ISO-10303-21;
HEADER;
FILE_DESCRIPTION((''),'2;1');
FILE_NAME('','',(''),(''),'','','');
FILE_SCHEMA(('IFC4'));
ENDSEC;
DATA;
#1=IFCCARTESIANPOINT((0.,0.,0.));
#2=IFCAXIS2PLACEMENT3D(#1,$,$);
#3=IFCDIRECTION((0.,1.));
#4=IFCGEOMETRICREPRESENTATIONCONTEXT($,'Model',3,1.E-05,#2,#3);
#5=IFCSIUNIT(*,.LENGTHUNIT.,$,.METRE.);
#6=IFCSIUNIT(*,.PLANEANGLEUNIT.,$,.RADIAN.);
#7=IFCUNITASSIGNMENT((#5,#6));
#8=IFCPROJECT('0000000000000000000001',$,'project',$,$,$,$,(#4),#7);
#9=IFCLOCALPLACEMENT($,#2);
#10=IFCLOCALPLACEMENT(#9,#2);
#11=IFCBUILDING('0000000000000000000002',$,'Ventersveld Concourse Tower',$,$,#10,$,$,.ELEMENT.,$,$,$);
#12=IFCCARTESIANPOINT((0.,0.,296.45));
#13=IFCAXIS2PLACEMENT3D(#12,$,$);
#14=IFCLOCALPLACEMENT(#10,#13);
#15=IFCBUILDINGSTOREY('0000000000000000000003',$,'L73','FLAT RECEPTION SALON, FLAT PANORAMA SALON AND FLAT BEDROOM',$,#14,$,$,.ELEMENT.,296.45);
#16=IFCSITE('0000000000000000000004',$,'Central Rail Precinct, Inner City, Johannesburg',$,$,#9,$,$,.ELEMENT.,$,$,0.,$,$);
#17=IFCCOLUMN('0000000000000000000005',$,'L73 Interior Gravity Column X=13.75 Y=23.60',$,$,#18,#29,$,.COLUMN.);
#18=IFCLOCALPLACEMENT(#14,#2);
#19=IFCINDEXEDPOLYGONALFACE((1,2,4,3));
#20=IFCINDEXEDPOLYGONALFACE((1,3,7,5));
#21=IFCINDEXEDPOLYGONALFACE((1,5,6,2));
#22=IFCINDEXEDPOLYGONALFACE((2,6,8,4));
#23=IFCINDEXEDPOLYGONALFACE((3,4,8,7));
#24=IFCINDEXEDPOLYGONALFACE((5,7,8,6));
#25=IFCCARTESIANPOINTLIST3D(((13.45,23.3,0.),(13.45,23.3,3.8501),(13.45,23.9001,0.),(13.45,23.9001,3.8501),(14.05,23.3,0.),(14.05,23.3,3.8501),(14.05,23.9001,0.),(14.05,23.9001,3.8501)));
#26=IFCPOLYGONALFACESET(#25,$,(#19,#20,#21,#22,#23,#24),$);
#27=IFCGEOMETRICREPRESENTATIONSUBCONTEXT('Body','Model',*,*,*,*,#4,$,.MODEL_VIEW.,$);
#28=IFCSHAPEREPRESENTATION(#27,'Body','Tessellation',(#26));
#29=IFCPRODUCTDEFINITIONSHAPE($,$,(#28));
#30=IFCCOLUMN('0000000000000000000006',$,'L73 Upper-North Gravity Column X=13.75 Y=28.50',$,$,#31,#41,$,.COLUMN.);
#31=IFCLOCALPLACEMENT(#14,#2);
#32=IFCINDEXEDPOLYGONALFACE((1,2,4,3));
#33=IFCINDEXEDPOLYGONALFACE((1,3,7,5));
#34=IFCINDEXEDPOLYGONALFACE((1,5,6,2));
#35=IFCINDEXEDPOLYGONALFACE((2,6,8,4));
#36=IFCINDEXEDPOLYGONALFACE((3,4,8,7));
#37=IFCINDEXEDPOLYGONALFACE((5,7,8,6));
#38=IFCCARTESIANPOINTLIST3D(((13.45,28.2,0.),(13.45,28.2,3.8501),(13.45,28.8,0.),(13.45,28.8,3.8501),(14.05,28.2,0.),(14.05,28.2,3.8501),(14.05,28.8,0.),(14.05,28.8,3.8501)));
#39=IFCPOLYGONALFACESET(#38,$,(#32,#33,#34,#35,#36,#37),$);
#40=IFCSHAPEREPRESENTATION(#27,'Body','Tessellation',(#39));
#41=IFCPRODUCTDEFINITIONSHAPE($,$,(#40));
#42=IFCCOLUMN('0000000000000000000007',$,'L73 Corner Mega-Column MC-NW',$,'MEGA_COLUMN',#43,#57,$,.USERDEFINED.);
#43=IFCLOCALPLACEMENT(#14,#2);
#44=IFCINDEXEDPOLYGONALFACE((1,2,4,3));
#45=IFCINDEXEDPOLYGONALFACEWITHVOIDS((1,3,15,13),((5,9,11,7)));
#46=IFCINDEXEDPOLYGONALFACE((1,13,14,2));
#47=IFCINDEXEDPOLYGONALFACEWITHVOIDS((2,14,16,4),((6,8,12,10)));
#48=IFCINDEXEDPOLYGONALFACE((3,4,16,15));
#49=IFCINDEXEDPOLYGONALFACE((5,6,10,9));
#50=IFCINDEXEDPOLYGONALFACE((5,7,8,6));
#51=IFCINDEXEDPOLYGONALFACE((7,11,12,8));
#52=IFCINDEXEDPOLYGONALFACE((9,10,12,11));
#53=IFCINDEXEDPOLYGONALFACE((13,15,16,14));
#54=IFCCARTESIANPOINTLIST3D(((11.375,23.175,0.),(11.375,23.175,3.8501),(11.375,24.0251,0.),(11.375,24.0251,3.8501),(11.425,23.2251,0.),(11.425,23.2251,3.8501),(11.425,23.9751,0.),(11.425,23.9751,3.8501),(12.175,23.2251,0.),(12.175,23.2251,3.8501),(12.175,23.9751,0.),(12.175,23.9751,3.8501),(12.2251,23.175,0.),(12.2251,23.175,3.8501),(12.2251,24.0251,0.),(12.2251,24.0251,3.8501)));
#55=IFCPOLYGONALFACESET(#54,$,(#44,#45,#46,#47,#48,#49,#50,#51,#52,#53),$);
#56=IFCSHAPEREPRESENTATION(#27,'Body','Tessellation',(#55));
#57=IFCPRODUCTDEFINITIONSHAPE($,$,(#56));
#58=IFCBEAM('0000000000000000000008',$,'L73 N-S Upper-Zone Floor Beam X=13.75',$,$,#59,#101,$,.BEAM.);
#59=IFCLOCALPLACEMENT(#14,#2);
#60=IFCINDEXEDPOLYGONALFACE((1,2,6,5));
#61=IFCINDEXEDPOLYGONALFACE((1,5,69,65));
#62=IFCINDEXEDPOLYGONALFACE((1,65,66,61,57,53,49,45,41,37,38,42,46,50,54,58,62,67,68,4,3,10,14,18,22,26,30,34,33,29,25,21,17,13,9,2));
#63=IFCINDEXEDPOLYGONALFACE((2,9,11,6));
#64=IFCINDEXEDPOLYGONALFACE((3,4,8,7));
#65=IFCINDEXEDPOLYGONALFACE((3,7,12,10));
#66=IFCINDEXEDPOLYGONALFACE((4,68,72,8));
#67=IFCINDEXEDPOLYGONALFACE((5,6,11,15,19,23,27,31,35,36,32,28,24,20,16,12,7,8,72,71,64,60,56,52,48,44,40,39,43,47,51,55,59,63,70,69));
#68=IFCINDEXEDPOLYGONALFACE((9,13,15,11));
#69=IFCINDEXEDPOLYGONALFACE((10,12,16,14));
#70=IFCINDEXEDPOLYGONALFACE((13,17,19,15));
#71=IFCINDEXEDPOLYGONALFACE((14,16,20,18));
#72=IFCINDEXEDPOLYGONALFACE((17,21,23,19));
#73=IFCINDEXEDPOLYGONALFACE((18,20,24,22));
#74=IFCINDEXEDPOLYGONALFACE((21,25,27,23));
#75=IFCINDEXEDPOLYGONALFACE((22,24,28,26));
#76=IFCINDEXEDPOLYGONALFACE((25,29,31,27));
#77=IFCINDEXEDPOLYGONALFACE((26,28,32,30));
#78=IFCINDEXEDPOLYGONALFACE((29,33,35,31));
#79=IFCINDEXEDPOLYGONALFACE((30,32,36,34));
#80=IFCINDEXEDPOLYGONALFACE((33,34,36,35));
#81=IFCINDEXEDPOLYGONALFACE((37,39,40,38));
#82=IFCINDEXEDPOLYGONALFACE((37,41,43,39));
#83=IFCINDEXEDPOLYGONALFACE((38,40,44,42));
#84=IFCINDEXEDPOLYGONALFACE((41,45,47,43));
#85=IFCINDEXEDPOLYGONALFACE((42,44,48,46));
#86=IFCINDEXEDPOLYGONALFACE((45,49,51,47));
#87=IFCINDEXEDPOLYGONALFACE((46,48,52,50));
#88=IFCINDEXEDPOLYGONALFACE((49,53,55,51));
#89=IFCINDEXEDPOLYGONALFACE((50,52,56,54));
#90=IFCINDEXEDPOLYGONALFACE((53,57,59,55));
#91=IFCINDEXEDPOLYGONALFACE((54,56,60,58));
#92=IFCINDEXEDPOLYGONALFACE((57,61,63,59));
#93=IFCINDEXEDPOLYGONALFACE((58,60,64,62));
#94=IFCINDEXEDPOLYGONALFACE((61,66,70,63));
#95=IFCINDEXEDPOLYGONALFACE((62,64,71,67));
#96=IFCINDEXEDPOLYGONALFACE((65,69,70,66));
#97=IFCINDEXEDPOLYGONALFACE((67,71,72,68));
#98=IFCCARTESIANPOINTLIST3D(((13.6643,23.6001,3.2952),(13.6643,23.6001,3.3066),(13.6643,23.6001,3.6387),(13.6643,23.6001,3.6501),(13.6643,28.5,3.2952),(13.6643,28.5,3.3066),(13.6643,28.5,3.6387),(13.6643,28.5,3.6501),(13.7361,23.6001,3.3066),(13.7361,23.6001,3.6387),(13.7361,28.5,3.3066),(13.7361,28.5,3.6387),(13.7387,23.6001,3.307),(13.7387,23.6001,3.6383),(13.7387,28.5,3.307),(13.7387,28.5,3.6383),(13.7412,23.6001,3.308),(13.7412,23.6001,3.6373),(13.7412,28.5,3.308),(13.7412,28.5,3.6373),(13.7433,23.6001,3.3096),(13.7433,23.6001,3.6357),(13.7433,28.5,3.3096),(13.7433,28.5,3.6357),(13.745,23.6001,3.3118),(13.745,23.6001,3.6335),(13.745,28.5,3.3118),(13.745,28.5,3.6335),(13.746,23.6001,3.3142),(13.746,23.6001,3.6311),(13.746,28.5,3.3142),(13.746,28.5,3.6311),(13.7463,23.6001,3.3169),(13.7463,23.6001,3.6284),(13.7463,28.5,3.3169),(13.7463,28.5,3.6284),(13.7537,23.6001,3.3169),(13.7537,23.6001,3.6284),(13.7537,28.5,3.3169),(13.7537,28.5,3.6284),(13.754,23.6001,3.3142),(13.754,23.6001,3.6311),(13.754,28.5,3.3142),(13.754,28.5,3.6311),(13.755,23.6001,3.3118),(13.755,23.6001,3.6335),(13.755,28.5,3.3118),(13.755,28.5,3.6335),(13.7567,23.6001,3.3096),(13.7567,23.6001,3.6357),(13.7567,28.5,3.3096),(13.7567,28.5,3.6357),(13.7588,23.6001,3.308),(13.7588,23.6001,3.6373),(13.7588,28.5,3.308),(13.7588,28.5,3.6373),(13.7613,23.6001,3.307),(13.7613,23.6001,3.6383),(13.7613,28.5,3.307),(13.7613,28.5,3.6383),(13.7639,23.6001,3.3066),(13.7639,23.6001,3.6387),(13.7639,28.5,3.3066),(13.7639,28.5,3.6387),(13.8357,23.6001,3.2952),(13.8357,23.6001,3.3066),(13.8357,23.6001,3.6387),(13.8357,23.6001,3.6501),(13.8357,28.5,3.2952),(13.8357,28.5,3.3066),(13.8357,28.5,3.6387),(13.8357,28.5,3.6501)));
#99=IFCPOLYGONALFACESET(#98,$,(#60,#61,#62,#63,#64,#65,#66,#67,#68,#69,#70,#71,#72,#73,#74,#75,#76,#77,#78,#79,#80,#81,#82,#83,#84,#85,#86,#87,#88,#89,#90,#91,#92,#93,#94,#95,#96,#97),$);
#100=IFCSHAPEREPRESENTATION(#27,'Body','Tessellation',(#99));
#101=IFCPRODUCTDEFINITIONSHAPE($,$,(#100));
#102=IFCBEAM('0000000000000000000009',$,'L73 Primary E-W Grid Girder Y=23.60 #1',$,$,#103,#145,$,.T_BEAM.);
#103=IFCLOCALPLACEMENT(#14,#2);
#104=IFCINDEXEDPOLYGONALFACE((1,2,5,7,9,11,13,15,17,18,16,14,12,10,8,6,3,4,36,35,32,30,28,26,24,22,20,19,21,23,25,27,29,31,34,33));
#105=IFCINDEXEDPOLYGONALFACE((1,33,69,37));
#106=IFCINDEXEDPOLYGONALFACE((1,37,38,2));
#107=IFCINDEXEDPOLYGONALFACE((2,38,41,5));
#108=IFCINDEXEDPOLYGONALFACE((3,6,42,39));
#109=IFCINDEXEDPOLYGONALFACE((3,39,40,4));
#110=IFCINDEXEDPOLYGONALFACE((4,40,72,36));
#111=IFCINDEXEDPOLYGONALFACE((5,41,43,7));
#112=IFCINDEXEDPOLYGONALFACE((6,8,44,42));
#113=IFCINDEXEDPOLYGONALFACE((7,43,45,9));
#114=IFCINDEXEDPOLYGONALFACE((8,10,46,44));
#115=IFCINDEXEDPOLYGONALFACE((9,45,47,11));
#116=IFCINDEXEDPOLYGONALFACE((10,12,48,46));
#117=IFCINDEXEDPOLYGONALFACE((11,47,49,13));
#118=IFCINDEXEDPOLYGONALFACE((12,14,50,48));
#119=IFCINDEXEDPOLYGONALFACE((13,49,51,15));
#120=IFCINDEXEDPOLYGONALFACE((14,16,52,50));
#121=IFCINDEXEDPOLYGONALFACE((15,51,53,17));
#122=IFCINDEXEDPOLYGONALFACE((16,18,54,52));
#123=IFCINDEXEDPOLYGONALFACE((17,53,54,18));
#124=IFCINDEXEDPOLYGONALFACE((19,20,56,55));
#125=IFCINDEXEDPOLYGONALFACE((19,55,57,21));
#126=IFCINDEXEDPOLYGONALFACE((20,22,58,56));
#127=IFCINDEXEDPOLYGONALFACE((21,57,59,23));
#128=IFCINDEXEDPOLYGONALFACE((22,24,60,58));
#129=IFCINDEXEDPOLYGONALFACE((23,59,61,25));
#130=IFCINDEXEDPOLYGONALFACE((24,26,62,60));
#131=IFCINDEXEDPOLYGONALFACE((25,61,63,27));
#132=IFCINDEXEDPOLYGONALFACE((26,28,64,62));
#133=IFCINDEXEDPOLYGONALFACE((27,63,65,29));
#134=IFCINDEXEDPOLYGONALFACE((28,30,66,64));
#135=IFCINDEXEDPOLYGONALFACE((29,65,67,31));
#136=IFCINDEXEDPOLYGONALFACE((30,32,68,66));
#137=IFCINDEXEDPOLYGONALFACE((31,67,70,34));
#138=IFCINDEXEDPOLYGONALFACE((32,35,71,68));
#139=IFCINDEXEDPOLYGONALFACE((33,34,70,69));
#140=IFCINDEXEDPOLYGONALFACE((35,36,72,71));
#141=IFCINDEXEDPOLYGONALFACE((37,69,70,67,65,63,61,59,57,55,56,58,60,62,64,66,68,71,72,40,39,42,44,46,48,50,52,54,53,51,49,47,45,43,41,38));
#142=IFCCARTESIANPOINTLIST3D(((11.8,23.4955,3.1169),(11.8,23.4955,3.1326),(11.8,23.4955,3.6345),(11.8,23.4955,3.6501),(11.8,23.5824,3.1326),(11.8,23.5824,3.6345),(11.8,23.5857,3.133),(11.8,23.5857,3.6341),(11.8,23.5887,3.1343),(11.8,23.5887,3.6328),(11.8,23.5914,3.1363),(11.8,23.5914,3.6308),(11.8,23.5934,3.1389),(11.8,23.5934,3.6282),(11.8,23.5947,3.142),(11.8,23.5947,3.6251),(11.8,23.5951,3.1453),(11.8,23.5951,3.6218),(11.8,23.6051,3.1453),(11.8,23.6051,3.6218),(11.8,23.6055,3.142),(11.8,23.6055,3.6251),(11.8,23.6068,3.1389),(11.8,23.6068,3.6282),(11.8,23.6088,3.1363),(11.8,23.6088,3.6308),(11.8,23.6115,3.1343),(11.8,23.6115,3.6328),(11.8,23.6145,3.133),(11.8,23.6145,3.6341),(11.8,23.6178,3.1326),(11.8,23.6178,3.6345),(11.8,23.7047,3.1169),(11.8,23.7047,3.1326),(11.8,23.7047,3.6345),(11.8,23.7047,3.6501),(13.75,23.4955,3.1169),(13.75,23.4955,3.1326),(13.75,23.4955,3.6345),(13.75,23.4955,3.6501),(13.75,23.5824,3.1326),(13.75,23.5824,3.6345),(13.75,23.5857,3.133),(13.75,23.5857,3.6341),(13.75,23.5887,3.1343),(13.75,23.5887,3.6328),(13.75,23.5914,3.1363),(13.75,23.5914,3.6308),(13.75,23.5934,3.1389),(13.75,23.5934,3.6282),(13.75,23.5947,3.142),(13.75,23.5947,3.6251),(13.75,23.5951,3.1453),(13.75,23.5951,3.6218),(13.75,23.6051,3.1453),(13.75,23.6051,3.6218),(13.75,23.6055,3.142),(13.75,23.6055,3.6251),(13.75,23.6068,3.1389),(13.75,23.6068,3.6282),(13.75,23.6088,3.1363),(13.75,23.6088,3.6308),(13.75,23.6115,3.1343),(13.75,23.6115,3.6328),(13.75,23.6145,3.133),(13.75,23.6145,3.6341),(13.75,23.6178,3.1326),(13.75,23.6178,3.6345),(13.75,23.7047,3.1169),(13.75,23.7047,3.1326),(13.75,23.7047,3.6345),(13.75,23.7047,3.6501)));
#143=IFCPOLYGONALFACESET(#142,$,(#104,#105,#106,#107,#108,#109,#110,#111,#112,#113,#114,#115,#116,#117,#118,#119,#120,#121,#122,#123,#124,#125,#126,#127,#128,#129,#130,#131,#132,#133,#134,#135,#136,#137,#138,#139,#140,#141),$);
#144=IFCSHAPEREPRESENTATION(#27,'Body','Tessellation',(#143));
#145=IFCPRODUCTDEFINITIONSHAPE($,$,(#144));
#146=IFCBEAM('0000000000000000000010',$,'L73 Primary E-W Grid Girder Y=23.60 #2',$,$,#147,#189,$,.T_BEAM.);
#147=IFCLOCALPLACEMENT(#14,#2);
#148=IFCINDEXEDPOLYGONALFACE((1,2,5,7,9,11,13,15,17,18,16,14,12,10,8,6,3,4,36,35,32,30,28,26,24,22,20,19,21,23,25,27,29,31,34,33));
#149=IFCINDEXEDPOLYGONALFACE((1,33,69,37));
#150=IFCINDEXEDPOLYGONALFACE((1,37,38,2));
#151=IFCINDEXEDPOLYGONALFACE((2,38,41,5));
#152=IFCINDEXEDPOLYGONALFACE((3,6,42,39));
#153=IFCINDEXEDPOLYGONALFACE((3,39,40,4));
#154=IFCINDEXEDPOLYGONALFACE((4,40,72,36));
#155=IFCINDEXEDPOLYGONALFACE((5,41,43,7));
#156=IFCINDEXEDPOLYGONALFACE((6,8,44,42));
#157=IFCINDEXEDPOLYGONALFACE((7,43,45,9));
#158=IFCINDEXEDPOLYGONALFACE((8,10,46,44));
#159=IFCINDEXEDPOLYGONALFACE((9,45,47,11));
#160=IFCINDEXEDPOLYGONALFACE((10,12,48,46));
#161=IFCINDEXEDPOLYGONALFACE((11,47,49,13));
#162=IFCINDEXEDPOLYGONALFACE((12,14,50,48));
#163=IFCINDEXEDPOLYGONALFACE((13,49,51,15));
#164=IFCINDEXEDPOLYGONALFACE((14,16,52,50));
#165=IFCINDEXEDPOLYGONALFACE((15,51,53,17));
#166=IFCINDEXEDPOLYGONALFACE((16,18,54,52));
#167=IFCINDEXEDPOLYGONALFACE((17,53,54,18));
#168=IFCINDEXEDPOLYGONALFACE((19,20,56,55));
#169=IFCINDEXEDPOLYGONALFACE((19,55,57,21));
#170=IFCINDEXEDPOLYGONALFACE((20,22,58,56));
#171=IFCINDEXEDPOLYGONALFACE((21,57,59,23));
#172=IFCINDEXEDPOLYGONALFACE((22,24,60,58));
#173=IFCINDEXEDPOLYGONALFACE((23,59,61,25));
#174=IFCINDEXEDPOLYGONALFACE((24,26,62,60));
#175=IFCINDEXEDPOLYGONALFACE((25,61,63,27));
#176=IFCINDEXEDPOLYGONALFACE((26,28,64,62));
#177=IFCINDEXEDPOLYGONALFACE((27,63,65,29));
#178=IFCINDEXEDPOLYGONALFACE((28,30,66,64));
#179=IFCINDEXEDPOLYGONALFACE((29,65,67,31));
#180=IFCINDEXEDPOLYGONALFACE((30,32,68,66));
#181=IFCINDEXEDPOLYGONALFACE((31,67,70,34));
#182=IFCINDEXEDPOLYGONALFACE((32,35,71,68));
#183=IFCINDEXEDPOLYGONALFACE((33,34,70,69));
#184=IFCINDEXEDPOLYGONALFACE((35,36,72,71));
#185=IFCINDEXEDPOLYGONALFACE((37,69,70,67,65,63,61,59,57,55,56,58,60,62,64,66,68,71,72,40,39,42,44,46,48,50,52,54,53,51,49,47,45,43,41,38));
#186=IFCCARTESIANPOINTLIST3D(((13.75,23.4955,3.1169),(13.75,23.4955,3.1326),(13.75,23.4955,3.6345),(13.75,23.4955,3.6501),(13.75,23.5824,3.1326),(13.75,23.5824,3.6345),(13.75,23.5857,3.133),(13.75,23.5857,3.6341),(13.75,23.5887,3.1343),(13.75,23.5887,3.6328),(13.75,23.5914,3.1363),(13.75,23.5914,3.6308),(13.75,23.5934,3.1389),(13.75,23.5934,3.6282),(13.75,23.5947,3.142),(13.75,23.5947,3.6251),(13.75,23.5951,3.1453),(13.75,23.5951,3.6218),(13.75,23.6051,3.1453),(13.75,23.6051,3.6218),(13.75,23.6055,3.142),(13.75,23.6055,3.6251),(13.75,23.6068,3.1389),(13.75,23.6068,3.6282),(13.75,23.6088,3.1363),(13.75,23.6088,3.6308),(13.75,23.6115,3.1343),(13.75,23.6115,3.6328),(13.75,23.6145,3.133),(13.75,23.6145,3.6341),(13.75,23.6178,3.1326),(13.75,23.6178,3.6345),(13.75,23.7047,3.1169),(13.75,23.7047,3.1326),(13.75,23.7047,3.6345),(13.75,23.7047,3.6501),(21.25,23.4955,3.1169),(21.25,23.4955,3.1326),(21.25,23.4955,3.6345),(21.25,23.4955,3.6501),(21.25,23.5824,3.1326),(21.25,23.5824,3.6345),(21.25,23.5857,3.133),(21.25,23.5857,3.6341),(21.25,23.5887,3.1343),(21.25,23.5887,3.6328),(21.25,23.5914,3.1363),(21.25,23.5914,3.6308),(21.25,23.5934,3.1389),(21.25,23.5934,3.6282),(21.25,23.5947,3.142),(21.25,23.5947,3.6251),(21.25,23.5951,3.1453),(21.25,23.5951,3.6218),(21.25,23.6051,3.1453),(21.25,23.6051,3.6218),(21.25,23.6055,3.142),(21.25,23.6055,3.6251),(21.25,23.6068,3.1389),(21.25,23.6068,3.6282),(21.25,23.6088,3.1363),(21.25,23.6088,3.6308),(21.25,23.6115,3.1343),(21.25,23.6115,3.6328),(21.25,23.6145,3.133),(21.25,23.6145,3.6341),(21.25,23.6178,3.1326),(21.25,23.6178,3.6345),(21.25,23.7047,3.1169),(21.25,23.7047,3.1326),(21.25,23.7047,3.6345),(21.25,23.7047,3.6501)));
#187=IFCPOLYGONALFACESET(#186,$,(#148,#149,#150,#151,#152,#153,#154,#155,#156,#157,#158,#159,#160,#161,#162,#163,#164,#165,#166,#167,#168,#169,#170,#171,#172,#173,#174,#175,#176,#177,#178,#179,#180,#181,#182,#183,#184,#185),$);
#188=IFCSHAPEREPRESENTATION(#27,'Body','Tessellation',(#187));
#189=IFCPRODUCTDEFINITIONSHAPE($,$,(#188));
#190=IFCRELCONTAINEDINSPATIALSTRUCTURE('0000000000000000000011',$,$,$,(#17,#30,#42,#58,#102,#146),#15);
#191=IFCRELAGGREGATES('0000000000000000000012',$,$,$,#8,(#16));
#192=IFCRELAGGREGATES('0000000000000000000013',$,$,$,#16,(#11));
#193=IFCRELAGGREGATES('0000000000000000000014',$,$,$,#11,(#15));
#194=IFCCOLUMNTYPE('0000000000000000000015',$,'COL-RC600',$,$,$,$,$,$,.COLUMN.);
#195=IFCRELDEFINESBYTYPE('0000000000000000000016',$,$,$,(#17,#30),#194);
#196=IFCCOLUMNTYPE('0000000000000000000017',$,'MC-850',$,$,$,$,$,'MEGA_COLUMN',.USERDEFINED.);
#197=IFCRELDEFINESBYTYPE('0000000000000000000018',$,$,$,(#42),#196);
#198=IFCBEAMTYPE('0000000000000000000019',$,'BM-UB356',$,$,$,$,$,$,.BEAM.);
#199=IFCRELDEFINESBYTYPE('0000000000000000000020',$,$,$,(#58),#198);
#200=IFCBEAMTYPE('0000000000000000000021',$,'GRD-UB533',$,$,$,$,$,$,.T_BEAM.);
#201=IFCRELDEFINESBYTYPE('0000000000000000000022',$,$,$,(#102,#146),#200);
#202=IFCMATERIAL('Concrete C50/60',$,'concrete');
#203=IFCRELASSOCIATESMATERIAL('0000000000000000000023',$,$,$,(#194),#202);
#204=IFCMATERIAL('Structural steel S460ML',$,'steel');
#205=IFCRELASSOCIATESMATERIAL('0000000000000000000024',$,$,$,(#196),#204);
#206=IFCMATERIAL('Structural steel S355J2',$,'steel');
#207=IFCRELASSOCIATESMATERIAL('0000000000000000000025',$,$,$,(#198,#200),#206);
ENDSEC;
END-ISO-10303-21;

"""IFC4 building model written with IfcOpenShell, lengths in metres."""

from ifc_helpers import new_model, si_unit, direction, frame, origin, origin_2d, place, context, subcontext, project, spatial, rectangle, hollow_rectangle, i_section, extrude, material, material_profile, profile_set, type_object, element, save


model = new_model("IFC4")

# Units and contexts
model_context = context("Model", 3, precision=1e-05, world=origin(), true_north=direction((0.0, 1.0)))
body_context = subcontext(model_context, "Body", "Model", "MODEL_VIEW")
ifc_project = project(units=[si_unit("LENGTHUNIT", "METRE"), si_unit("PLANEANGLEUNIT", "RADIAN")], contexts=[model_context])

# Site, building, storey
site_placement = place(None, origin())
site = spatial("IfcSite", under=ifc_project, at=site_placement, Name="Central Rail Precinct, Inner City, Johannesburg", CompositionType="ELEMENT", RefElevation=0.0)
building_placement = place(site_placement, origin())
building = spatial("IfcBuilding", under=site, at=building_placement, Name="Ventersveld Concourse Tower", CompositionType="ELEMENT")
storey_placement = place(building_placement, frame((0.0, 0.0, 296.45)))
storey = spatial("IfcBuildingStorey", under=building, at=storey_placement, Name="L73", Description="FLAT RECEPTION SALON, FLAT PANORAMA SALON AND FLAT BEDROOM", CompositionType="ELEMENT", Elevation=296.45)

# Columns
ifc_material_1 = material(Name="Concrete C50/60", Category="concrete")
ifc_material_profile_1 = material_profile(ifc_material_1, rectangle(XDim=0.6001, YDim=0.6001, at=origin_2d()), Name="RC 600x600")
ifc_profile_set_1 = profile_set([ifc_material_profile_1], Name="Concrete C50/60")
column_type_1 = type_object("IfcColumnType", Name="COL-RC600", PredefinedType="COLUMN", material=ifc_profile_set_1)
for number, where, z_axis, x_axis, name in (
    (1, (13.75, 23.6001, 0.0), (0.0, 0.0, 1.0), (1.0, 0.0, 0.0), "L73 Interior Gravity Column X=13.75 Y=23.60"),
    (2, (13.75, 28.5, 0.0), (0.0, 0.0, 1.0), (1.0, 0.0, 0.0), "L73 Upper-North Gravity Column X=13.75 Y=28.50"),
):
    element("IfcColumn", number, at=place(storey_placement, frame(where, z_axis=z_axis, x_axis=x_axis)), inside=storey, type_object=column_type_1, Name=name, PredefinedType="COLUMN", context=body_context, shape_type="SweptSolid", body=[
        extrude(rectangle(XDim=0.6001, YDim=0.6001, at=origin_2d()), origin(), (0.0, 0.0, 1.0), 3.8501),
    ])
ifc_material_2 = material(Name="Structural steel S460ML", Category="steel")
ifc_material_profile_2 = material_profile(ifc_material_2, hollow_rectangle(XDim=0.8501, YDim=0.8501, WallThickness=0.05, at=origin_2d()), Name="BOX 850x850x50")
ifc_profile_set_2 = profile_set([ifc_material_profile_2], Name="Structural steel S460ML")
column_type_2 = type_object("IfcColumnType", Name="MC-850", ElementType="MEGA_COLUMN", PredefinedType="USERDEFINED", material=ifc_profile_set_2)
column_placement = place(storey_placement, frame((11.8, 23.6001, 0.0), z_axis=(0.0, 0.0, 1.0), x_axis=(1.0, 0.0, 0.0)))
element("IfcColumn", 3, at=column_placement, inside=storey, type_object=column_type_2, Name="L73 Corner Mega-Column MC-NW", ObjectType="MEGA_COLUMN", PredefinedType="USERDEFINED", context=body_context, shape_type="SweptSolid", body=[
    extrude(hollow_rectangle(XDim=0.8501, YDim=0.8501, WallThickness=0.05, at=origin_2d()), origin(), (0.0, 0.0, 1.0), 3.8501),
])

# Beams
ifc_material_3 = material(Name="Structural steel S355J2", Category="steel")
ifc_material_profile_3 = material_profile(ifc_material_3, i_section(OverallWidth=0.1714, OverallDepth=0.355, WebThickness=0.0073, FlangeThickness=0.0115, FilletRadius=0.0103, at=origin_2d()), Name="UB 356x171x51")
ifc_profile_set_3 = profile_set([ifc_material_profile_3], Name="Structural steel S355J2")
beam_type_1 = type_object("IfcBeamType", Name="BM-UB356", PredefinedType="BEAM", material=ifc_profile_set_3)
beam_1_placement = place(storey_placement, frame((13.75, 23.6001, 3.4727), z_axis=(0.0, 1.0, 0.0), x_axis=(-1.0, 0.0, 0.0)))
element("IfcBeam", 4, at=beam_1_placement, inside=storey, type_object=beam_type_1, Name="L73 N-S Upper-Zone Floor Beam X=13.75", PredefinedType="BEAM", context=body_context, shape_type="SweptSolid", body=[
    extrude(i_section(OverallWidth=0.1714, OverallDepth=0.355, WebThickness=0.0073, FlangeThickness=0.0115, FilletRadius=0.0103, at=origin_2d()), origin(), (0.0, 0.0, 1.0), 4.8999),
])
ifc_material_profile_4 = material_profile(ifc_material_3, i_section(OverallWidth=0.2092, OverallDepth=0.5332, WebThickness=0.01, FlangeThickness=0.0156, FilletRadius=0.0127, at=origin_2d()), Name="UB 533x210x92")
ifc_profile_set_4 = profile_set([ifc_material_profile_4], Name="Structural steel S355J2")
beam_type_2 = type_object("IfcBeamType", Name="GRD-UB533", PredefinedType="T_BEAM", material=ifc_profile_set_4)
beam_2_placement = place(storey_placement, frame((11.8, 23.6001, 3.3835), z_axis=(1.0, 0.0, 0.0), x_axis=(0.0, 1.0, 0.0)))
element("IfcBeam", 5, at=beam_2_placement, inside=storey, type_object=beam_type_2, Name="L73 Primary E-W Grid Girder Y=23.60 #1", PredefinedType="T_BEAM", context=body_context, shape_type="SweptSolid", body=[
    extrude(i_section(OverallWidth=0.2092, OverallDepth=0.5332, WebThickness=0.01, FlangeThickness=0.0156, FilletRadius=0.0127, at=origin_2d()), origin(), (0.0, 0.0, 1.0), 1.95),
])
for number, where, z_axis, x_axis, name in (
    (6, (13.75, 23.6001, 3.3835), (1.0, 0.0, 0.0), (0.0, 1.0, 0.0), "L73 Primary E-W Grid Girder Y=23.60 #2"),
):
    element("IfcBeam", number, at=place(storey_placement, frame(where, z_axis=z_axis, x_axis=x_axis)), inside=storey, type_object=beam_type_2, Name=name, PredefinedType="T_BEAM", context=body_context, shape_type="SweptSolid", body=[
        extrude(i_section(OverallWidth=0.2092, OverallDepth=0.5332, WebThickness=0.01, FlangeThickness=0.0156, FilletRadius=0.0127, at=origin_2d()), origin(), (0.0, 0.0, 1.0), 7.5),
    ])

save(model, "model.ifc")
